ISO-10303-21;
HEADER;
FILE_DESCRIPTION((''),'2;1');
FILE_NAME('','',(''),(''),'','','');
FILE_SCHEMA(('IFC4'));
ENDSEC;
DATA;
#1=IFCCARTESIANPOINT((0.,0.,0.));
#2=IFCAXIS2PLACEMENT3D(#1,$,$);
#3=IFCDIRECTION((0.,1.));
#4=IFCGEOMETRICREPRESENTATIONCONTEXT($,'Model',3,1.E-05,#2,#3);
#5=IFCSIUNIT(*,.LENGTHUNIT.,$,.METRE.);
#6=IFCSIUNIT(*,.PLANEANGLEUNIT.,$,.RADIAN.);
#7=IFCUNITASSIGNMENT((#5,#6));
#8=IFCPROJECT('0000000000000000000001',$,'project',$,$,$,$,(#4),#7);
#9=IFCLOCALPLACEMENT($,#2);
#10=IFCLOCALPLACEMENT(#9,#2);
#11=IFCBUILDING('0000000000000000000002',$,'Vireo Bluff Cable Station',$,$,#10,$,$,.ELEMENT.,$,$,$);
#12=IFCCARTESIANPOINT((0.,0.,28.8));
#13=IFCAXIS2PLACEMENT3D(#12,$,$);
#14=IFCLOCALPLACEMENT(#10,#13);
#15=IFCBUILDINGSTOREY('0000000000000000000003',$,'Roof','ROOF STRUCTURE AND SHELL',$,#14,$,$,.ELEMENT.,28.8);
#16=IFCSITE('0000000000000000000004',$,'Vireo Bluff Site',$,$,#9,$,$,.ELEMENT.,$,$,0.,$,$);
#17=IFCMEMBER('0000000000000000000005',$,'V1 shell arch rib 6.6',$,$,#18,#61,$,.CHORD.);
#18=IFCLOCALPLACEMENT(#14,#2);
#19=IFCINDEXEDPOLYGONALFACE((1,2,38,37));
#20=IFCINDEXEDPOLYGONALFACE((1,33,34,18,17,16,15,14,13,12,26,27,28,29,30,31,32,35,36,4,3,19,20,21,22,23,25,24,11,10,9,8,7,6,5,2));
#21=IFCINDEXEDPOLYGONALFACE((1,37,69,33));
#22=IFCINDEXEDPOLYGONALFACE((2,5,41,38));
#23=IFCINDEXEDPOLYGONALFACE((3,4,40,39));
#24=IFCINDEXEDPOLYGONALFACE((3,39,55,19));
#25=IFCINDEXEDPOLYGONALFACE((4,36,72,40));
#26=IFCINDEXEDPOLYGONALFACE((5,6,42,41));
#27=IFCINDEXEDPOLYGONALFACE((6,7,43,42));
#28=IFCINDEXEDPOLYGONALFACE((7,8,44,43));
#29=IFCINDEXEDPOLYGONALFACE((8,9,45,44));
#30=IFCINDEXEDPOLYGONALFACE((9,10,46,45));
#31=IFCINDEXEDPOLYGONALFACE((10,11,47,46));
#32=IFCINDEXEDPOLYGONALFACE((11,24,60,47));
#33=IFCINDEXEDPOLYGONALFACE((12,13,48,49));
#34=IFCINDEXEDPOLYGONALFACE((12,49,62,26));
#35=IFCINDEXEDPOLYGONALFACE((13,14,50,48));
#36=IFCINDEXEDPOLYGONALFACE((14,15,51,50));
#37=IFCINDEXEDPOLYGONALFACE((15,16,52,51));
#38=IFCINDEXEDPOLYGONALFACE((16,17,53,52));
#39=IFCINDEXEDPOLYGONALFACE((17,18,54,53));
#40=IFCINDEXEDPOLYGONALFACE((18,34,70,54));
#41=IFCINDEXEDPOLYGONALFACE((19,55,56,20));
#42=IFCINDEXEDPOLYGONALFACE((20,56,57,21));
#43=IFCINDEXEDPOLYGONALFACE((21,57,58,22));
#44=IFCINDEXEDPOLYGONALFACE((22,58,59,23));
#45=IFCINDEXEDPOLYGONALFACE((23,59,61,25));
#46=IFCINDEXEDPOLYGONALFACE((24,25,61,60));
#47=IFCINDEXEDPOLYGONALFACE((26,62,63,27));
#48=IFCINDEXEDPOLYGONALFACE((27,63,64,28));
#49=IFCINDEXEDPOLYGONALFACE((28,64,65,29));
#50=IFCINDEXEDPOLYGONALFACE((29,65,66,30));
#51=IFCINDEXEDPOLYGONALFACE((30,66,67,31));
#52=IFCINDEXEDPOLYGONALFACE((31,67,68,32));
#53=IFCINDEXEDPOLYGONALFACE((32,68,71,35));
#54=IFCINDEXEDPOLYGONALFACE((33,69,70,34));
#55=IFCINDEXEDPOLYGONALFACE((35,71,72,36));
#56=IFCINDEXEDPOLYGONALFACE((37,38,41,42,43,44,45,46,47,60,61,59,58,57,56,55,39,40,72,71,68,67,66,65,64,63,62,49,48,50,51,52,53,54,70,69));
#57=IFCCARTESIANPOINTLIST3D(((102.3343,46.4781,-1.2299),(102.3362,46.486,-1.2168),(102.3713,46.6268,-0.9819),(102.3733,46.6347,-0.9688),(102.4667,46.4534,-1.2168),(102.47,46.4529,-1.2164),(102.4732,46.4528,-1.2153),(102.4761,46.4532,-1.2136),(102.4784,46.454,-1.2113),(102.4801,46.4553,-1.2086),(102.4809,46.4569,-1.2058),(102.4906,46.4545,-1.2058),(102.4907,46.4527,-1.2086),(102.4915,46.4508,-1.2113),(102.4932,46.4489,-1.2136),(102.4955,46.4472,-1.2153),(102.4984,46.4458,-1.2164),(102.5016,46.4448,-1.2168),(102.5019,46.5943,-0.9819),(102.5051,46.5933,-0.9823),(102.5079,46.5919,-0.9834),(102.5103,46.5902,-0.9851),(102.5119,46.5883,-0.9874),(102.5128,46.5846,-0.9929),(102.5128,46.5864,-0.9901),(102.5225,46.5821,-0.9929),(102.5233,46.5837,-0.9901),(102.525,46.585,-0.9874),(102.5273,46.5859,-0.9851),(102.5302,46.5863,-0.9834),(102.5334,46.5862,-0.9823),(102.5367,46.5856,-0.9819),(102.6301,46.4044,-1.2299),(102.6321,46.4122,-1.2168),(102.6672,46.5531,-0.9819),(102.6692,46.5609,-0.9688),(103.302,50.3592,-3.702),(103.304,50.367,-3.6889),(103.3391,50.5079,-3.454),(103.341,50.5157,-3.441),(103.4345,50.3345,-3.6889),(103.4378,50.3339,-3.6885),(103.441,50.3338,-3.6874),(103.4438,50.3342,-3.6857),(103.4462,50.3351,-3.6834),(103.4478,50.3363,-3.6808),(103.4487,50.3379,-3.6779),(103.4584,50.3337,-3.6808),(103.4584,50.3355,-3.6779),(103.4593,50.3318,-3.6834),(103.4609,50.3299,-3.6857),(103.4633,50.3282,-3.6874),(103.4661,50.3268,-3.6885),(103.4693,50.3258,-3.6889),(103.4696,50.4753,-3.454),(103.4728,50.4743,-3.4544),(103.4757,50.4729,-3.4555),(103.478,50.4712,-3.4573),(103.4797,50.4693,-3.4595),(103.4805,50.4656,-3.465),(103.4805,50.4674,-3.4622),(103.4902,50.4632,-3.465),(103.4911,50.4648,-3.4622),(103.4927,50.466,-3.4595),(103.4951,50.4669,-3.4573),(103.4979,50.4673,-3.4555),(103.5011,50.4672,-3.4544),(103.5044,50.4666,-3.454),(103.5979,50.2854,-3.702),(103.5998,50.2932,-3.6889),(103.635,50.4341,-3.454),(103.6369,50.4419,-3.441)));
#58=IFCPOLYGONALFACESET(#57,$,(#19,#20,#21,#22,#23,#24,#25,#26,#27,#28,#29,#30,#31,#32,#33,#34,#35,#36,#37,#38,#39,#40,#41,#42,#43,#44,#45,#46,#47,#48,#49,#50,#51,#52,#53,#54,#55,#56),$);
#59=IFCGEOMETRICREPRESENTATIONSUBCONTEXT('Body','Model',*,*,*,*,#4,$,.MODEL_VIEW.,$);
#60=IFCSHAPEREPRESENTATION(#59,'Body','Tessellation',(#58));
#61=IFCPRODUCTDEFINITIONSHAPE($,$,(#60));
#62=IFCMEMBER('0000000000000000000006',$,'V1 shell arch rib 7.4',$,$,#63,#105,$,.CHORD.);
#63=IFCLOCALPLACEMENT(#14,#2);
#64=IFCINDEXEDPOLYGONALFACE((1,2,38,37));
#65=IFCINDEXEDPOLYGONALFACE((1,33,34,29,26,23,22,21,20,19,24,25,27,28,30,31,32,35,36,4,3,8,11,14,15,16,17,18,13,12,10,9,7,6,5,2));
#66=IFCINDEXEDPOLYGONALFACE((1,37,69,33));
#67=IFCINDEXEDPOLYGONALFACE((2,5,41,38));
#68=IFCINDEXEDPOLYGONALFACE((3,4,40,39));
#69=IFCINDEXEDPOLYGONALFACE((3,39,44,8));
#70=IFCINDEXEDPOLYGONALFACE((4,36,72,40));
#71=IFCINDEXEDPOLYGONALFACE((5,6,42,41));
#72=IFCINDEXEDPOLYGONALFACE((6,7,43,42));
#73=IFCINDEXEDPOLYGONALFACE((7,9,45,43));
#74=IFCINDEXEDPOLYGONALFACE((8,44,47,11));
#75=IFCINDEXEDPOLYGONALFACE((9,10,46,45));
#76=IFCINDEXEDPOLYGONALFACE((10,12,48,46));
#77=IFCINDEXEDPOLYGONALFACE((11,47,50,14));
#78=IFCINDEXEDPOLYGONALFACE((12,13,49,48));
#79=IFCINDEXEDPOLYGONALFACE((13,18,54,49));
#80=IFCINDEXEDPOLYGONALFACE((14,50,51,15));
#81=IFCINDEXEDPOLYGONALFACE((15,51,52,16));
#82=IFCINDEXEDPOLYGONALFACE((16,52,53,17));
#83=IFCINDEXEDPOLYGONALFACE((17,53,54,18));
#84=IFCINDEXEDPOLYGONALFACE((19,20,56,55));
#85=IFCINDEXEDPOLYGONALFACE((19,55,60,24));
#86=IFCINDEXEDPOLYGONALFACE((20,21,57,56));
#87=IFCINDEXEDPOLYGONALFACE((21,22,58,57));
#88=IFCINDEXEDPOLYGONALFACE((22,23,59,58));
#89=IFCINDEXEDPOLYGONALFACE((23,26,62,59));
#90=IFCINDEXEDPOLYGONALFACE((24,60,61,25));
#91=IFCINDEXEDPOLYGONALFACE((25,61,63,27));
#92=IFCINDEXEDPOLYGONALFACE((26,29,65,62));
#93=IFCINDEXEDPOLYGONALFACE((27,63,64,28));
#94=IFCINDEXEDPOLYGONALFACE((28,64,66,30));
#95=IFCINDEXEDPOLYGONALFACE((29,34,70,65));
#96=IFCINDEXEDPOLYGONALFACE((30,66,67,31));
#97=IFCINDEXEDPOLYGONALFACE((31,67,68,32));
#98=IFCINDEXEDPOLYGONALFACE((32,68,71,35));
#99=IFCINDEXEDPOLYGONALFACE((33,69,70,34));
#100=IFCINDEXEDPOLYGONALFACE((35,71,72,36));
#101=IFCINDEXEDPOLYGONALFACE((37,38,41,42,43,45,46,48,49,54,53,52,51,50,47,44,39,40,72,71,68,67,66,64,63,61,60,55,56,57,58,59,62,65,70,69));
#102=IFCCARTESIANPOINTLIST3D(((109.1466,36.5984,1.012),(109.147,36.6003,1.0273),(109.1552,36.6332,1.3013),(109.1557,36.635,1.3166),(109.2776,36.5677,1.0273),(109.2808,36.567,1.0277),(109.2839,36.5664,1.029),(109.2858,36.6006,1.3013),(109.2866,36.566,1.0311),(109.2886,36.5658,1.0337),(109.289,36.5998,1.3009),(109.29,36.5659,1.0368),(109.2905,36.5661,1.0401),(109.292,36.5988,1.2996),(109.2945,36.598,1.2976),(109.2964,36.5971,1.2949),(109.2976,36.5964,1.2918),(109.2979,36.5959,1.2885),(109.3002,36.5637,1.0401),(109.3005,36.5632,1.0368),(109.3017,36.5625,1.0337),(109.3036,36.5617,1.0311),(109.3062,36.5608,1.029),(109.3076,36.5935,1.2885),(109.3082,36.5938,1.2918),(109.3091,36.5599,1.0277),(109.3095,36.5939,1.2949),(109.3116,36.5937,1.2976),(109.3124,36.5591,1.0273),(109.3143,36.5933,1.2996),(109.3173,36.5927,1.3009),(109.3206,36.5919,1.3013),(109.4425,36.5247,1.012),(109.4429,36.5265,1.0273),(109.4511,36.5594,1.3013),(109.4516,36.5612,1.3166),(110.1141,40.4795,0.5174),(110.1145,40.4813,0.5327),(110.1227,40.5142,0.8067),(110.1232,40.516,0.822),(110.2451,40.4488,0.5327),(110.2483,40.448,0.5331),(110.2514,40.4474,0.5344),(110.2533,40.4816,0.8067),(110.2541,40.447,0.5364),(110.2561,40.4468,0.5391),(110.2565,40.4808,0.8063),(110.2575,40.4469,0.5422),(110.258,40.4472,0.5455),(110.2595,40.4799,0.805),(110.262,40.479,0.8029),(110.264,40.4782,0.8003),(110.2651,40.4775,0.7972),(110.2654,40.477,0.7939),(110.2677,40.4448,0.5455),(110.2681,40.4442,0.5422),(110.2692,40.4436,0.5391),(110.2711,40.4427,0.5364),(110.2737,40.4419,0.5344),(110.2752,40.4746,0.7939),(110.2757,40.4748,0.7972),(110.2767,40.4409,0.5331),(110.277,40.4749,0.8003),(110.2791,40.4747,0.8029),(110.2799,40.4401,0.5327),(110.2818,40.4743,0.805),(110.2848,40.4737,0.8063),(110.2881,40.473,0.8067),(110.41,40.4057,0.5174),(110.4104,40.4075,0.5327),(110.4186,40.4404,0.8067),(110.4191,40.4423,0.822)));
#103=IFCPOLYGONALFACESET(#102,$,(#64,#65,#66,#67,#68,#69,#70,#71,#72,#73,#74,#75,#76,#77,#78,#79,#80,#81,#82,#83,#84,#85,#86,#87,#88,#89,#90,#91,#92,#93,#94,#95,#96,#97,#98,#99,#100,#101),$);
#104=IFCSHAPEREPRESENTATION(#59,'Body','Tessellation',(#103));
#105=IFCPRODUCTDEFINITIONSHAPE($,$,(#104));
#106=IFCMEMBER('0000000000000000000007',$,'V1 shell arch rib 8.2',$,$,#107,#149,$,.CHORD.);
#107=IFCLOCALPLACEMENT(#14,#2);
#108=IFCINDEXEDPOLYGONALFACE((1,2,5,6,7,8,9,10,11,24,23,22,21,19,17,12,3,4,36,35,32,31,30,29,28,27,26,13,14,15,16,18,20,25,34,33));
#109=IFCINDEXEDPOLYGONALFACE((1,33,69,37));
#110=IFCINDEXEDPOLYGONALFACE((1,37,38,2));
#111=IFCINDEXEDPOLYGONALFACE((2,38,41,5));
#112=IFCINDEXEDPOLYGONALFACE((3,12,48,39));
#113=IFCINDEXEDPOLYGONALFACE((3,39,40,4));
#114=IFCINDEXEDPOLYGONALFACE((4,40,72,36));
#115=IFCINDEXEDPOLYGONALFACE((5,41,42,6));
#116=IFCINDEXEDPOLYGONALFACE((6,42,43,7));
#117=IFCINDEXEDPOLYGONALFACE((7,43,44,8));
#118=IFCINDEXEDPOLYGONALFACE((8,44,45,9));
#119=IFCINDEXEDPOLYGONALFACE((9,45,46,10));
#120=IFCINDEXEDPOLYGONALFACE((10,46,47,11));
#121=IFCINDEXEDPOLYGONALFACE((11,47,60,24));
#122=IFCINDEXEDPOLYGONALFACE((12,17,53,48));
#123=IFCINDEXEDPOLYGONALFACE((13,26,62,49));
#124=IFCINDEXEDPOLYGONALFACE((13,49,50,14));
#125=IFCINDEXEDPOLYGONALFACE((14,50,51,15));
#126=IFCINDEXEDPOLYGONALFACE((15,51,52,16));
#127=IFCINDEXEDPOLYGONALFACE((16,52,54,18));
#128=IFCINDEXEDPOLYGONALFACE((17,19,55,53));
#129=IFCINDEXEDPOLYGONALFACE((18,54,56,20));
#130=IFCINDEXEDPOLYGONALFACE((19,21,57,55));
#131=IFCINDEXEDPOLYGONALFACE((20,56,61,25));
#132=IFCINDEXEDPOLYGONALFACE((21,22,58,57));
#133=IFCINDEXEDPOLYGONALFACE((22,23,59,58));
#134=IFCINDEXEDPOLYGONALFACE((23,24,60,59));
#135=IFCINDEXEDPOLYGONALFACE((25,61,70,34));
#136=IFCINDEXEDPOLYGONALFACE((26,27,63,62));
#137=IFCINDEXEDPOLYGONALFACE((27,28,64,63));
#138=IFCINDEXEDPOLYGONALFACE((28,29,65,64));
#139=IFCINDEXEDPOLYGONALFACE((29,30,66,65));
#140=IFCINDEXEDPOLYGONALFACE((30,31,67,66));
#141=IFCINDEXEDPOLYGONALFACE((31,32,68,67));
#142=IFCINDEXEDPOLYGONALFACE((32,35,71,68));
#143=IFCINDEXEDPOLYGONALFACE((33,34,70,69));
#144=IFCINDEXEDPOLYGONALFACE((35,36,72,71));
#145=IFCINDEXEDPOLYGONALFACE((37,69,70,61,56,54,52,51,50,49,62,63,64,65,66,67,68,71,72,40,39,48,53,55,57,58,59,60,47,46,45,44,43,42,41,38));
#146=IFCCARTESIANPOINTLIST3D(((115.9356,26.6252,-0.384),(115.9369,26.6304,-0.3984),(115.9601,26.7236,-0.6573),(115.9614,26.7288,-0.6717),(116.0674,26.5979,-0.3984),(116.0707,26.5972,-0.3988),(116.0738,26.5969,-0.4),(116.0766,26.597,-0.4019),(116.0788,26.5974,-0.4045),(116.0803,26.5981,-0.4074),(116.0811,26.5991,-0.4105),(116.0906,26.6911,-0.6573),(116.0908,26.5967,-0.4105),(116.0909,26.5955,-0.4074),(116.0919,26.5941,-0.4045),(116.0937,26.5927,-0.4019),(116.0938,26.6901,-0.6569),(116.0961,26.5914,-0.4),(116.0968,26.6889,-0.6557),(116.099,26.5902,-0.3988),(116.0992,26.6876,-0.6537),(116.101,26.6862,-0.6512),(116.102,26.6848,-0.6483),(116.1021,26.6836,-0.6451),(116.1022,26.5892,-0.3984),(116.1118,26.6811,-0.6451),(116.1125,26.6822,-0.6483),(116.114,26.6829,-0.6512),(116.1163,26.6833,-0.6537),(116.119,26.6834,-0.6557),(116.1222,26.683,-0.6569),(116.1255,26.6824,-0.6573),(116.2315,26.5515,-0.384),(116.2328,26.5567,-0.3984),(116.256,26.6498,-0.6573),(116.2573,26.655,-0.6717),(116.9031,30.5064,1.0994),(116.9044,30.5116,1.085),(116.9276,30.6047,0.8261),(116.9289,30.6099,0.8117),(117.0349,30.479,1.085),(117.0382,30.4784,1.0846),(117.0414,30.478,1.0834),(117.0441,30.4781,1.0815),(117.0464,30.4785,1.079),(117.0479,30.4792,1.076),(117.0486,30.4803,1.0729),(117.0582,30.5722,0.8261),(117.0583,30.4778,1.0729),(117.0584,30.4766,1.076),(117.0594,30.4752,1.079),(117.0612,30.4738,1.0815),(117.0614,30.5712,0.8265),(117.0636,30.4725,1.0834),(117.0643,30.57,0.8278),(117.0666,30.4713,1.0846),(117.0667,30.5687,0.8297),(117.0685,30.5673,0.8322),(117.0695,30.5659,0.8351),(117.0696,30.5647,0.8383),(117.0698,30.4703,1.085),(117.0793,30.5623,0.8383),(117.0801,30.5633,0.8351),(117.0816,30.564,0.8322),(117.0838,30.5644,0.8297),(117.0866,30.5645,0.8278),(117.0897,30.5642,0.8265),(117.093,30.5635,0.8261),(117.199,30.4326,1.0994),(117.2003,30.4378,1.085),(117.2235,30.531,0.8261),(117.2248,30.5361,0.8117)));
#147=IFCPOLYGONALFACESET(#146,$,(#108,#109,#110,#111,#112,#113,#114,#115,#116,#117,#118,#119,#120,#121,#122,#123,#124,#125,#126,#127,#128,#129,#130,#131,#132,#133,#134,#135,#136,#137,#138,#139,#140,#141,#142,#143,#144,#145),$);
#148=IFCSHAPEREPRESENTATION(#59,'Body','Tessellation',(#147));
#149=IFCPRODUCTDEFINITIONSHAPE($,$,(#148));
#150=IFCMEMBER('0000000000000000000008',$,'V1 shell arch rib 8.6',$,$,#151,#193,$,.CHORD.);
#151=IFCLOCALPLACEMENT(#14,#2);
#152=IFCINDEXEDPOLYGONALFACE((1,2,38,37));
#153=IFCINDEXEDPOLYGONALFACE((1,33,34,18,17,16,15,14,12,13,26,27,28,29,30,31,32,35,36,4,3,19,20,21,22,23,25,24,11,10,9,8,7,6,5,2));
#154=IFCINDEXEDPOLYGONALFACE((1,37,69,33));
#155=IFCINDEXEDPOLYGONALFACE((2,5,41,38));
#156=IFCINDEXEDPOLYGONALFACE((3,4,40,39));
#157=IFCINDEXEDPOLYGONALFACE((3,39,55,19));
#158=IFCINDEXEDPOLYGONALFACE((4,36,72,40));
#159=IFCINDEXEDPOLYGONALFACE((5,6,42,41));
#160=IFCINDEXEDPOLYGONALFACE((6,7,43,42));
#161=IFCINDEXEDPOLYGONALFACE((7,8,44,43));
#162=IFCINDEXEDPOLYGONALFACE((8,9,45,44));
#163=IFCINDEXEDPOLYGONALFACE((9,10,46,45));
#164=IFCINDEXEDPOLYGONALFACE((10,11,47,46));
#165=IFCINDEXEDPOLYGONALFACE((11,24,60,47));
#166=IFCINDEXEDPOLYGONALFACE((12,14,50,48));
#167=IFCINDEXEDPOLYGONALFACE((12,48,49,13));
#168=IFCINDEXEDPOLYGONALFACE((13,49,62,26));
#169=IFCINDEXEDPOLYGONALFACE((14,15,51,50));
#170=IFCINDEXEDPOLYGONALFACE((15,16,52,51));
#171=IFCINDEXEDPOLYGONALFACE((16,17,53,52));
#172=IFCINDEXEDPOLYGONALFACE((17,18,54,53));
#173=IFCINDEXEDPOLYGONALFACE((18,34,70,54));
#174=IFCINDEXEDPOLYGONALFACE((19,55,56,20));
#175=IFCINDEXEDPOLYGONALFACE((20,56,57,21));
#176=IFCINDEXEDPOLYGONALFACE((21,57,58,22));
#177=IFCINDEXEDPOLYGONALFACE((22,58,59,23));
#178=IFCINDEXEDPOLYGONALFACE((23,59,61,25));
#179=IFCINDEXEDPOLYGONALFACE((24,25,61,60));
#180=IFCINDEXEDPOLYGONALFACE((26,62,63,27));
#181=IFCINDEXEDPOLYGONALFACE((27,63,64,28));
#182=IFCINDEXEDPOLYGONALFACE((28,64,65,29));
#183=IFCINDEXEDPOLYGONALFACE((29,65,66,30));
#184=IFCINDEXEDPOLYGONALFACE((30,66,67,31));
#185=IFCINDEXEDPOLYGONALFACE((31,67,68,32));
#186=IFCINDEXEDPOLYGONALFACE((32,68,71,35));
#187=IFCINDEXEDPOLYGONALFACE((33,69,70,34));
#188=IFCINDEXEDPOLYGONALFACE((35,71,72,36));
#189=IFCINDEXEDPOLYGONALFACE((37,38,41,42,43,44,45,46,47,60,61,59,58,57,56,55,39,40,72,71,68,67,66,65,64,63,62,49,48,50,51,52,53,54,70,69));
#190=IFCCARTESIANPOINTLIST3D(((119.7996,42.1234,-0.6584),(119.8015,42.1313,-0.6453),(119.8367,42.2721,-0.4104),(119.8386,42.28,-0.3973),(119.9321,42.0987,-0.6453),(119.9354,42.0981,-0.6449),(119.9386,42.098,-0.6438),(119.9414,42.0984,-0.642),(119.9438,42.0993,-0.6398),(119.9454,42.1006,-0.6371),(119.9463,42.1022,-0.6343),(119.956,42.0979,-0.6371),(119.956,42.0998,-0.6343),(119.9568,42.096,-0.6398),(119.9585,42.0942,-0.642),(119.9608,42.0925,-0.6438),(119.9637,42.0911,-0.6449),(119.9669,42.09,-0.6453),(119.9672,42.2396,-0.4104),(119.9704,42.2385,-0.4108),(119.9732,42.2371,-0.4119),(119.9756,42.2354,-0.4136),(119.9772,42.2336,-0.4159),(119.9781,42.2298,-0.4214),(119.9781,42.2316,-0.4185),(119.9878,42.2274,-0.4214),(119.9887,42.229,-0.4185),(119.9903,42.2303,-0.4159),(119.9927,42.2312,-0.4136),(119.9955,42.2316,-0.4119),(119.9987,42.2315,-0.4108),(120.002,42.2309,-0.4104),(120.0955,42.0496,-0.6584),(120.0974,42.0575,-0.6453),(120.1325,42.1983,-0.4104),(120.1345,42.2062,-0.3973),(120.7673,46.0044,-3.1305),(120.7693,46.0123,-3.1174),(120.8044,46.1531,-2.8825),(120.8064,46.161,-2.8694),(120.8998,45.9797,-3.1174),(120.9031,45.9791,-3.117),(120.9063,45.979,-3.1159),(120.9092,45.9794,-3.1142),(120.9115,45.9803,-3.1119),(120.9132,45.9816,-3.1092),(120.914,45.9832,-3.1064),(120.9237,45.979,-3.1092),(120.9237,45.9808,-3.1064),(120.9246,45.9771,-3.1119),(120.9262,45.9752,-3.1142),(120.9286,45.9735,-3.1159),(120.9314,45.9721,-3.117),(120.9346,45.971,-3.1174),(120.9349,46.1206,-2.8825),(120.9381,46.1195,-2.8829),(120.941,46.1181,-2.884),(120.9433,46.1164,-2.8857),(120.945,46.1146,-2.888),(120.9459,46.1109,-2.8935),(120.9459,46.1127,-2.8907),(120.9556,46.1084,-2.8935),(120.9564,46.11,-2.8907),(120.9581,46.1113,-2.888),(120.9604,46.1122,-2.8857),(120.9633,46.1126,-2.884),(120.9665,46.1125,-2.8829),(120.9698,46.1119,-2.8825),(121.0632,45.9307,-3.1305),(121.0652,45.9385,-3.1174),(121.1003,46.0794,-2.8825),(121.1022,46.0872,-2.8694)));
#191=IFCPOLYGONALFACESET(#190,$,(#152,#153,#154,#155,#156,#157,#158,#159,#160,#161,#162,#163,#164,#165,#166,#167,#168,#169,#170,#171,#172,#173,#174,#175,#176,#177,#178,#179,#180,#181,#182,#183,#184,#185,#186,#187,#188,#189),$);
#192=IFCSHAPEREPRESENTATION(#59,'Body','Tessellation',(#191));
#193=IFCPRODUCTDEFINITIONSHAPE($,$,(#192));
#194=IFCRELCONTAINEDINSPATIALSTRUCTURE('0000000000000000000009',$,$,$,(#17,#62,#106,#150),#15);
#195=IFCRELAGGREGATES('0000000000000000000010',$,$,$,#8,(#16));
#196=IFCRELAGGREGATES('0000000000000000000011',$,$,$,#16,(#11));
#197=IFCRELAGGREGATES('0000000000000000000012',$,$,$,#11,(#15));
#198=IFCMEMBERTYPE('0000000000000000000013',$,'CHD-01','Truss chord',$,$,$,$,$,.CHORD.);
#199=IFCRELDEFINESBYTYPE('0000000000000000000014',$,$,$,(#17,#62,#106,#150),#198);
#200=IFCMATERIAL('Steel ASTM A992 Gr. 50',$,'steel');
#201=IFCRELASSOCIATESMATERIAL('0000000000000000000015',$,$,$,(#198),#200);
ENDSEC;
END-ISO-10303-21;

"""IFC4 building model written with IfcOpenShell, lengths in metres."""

from ifc_helpers import new_model, si_unit, direction, frame, origin, origin_2d, place, context, subcontext, project, spatial, i_section, extrude, material, material_profile, profile_set, type_object, element, save


model = new_model("IFC4")

# Units and contexts
model_context = context("Model", 3, precision=1e-05, world=origin(), true_north=direction((0.0, 1.0)))
body_context = subcontext(model_context, "Body", "Model", "MODEL_VIEW")
ifc_project = project(units=[si_unit("LENGTHUNIT", "METRE"), si_unit("PLANEANGLEUNIT", "RADIAN")], contexts=[model_context])

# Site, building, storey
site_placement = place(None, origin())
site = spatial("IfcSite", under=ifc_project, at=site_placement, Name="Vireo Bluff Site", CompositionType="ELEMENT", RefElevation=0.0)
building_placement = place(site_placement, origin())
building = spatial("IfcBuilding", under=site, at=building_placement, Name="Vireo Bluff Cable Station", CompositionType="ELEMENT")
storey_placement = place(building_placement, frame((0.0, 0.0, 28.8)))
storey = spatial("IfcBuildingStorey", under=building, at=storey_placement, Name="Roof", Description="ROOF STRUCTURE AND SHELL", CompositionType="ELEMENT", Elevation=28.8)

# Members
ifc_material_1 = material(Name="Steel ASTM A992 Gr. 50", Category="steel")
ifc_material_profile_1 = material_profile(ifc_material_1, i_section(OverallWidth=0.3049, OverallDepth=0.3069, WebThickness=0.01, FlangeThickness=0.0154, FilletRadius=0.0129, at=origin_2d()), Name="W12X65")
ifc_profile_set_1 = profile_set([ifc_material_profile_1], Name="Steel ASTM A992 Gr. 50")
member_type_1 = type_object("IfcMemberType", Name="CHD-01", Description="Truss chord", PredefinedType="CHORD", material=ifc_profile_set_1)
member_1_placement = place(storey_placement, frame((102.5017, 46.5195, -1.0994), z_axis=(0.205811, 0.825371, -0.525741), x_axis=(-0.97029, 0.241947, 0.0)))
element("IfcMember", 1, at=member_1_placement, inside=storey, type_object=member_type_1, Name="V1 shell arch rib 6.6", PredefinedType="CHORD", context=body_context, shape_type="SweptSolid", body=[
    extrude(i_section(OverallWidth=0.3049, OverallDepth=0.3069, WebThickness=0.01, FlangeThickness=0.0154, FilletRadius=0.0129, at=origin_2d()), origin(), (0.0, 0.0, 1.0), 4.7021),
])
member_2_placement = place(storey_placement, frame((109.2991, 36.5798, 1.1643), z_axis=(0.240061, 0.962969, -0.122726), x_axis=(-0.970304, 0.241889, 0.0)))
element("IfcMember", 2, at=member_2_placement, inside=storey, type_object=member_type_1, Name="V1 shell arch rib 7.4", PredefinedType="CHORD", context=body_context, shape_type="SweptSolid", body=[
    extrude(i_section(OverallWidth=0.3049, OverallDepth=0.3069, WebThickness=0.01, FlangeThickness=0.0154, FilletRadius=0.0129, at=origin_2d()), origin(), (0.0, 0.0, 1.0), 4.0303),
])
member_3_placement = place(storey_placement, frame((116.0964, 26.6401, -0.5278), z_axis=(0.226795, 0.909756, 0.347718), x_axis=(-0.970304, 0.241889, 0.0)))
element("IfcMember", 3, at=member_3_placement, inside=storey, type_object=member_type_1, Name="V1 shell arch rib 8.2", PredefinedType="CHORD", context=body_context, shape_type="SweptSolid", body=[
    extrude(i_section(OverallWidth=0.3049, OverallDepth=0.3069, WebThickness=0.01, FlangeThickness=0.0154, FilletRadius=0.0129, at=origin_2d()), origin(), (0.0, 0.0, 1.0), 4.2661),
])
member_4_placement = place(storey_placement, frame((119.967, 42.1648, -0.5278), z_axis=(0.205811, 0.825371, -0.525741), x_axis=(-0.97029, 0.241947, 0.0)))
element("IfcMember", 4, at=member_4_placement, inside=storey, type_object=member_type_1, Name="V1 shell arch rib 8.6", PredefinedType="CHORD", context=body_context, shape_type="SweptSolid", body=[
    extrude(i_section(OverallWidth=0.3049, OverallDepth=0.3069, WebThickness=0.01, FlangeThickness=0.0154, FilletRadius=0.0129, at=origin_2d()), origin(), (0.0, 0.0, 1.0), 4.7021),
])

save(model, "model.ifc")
